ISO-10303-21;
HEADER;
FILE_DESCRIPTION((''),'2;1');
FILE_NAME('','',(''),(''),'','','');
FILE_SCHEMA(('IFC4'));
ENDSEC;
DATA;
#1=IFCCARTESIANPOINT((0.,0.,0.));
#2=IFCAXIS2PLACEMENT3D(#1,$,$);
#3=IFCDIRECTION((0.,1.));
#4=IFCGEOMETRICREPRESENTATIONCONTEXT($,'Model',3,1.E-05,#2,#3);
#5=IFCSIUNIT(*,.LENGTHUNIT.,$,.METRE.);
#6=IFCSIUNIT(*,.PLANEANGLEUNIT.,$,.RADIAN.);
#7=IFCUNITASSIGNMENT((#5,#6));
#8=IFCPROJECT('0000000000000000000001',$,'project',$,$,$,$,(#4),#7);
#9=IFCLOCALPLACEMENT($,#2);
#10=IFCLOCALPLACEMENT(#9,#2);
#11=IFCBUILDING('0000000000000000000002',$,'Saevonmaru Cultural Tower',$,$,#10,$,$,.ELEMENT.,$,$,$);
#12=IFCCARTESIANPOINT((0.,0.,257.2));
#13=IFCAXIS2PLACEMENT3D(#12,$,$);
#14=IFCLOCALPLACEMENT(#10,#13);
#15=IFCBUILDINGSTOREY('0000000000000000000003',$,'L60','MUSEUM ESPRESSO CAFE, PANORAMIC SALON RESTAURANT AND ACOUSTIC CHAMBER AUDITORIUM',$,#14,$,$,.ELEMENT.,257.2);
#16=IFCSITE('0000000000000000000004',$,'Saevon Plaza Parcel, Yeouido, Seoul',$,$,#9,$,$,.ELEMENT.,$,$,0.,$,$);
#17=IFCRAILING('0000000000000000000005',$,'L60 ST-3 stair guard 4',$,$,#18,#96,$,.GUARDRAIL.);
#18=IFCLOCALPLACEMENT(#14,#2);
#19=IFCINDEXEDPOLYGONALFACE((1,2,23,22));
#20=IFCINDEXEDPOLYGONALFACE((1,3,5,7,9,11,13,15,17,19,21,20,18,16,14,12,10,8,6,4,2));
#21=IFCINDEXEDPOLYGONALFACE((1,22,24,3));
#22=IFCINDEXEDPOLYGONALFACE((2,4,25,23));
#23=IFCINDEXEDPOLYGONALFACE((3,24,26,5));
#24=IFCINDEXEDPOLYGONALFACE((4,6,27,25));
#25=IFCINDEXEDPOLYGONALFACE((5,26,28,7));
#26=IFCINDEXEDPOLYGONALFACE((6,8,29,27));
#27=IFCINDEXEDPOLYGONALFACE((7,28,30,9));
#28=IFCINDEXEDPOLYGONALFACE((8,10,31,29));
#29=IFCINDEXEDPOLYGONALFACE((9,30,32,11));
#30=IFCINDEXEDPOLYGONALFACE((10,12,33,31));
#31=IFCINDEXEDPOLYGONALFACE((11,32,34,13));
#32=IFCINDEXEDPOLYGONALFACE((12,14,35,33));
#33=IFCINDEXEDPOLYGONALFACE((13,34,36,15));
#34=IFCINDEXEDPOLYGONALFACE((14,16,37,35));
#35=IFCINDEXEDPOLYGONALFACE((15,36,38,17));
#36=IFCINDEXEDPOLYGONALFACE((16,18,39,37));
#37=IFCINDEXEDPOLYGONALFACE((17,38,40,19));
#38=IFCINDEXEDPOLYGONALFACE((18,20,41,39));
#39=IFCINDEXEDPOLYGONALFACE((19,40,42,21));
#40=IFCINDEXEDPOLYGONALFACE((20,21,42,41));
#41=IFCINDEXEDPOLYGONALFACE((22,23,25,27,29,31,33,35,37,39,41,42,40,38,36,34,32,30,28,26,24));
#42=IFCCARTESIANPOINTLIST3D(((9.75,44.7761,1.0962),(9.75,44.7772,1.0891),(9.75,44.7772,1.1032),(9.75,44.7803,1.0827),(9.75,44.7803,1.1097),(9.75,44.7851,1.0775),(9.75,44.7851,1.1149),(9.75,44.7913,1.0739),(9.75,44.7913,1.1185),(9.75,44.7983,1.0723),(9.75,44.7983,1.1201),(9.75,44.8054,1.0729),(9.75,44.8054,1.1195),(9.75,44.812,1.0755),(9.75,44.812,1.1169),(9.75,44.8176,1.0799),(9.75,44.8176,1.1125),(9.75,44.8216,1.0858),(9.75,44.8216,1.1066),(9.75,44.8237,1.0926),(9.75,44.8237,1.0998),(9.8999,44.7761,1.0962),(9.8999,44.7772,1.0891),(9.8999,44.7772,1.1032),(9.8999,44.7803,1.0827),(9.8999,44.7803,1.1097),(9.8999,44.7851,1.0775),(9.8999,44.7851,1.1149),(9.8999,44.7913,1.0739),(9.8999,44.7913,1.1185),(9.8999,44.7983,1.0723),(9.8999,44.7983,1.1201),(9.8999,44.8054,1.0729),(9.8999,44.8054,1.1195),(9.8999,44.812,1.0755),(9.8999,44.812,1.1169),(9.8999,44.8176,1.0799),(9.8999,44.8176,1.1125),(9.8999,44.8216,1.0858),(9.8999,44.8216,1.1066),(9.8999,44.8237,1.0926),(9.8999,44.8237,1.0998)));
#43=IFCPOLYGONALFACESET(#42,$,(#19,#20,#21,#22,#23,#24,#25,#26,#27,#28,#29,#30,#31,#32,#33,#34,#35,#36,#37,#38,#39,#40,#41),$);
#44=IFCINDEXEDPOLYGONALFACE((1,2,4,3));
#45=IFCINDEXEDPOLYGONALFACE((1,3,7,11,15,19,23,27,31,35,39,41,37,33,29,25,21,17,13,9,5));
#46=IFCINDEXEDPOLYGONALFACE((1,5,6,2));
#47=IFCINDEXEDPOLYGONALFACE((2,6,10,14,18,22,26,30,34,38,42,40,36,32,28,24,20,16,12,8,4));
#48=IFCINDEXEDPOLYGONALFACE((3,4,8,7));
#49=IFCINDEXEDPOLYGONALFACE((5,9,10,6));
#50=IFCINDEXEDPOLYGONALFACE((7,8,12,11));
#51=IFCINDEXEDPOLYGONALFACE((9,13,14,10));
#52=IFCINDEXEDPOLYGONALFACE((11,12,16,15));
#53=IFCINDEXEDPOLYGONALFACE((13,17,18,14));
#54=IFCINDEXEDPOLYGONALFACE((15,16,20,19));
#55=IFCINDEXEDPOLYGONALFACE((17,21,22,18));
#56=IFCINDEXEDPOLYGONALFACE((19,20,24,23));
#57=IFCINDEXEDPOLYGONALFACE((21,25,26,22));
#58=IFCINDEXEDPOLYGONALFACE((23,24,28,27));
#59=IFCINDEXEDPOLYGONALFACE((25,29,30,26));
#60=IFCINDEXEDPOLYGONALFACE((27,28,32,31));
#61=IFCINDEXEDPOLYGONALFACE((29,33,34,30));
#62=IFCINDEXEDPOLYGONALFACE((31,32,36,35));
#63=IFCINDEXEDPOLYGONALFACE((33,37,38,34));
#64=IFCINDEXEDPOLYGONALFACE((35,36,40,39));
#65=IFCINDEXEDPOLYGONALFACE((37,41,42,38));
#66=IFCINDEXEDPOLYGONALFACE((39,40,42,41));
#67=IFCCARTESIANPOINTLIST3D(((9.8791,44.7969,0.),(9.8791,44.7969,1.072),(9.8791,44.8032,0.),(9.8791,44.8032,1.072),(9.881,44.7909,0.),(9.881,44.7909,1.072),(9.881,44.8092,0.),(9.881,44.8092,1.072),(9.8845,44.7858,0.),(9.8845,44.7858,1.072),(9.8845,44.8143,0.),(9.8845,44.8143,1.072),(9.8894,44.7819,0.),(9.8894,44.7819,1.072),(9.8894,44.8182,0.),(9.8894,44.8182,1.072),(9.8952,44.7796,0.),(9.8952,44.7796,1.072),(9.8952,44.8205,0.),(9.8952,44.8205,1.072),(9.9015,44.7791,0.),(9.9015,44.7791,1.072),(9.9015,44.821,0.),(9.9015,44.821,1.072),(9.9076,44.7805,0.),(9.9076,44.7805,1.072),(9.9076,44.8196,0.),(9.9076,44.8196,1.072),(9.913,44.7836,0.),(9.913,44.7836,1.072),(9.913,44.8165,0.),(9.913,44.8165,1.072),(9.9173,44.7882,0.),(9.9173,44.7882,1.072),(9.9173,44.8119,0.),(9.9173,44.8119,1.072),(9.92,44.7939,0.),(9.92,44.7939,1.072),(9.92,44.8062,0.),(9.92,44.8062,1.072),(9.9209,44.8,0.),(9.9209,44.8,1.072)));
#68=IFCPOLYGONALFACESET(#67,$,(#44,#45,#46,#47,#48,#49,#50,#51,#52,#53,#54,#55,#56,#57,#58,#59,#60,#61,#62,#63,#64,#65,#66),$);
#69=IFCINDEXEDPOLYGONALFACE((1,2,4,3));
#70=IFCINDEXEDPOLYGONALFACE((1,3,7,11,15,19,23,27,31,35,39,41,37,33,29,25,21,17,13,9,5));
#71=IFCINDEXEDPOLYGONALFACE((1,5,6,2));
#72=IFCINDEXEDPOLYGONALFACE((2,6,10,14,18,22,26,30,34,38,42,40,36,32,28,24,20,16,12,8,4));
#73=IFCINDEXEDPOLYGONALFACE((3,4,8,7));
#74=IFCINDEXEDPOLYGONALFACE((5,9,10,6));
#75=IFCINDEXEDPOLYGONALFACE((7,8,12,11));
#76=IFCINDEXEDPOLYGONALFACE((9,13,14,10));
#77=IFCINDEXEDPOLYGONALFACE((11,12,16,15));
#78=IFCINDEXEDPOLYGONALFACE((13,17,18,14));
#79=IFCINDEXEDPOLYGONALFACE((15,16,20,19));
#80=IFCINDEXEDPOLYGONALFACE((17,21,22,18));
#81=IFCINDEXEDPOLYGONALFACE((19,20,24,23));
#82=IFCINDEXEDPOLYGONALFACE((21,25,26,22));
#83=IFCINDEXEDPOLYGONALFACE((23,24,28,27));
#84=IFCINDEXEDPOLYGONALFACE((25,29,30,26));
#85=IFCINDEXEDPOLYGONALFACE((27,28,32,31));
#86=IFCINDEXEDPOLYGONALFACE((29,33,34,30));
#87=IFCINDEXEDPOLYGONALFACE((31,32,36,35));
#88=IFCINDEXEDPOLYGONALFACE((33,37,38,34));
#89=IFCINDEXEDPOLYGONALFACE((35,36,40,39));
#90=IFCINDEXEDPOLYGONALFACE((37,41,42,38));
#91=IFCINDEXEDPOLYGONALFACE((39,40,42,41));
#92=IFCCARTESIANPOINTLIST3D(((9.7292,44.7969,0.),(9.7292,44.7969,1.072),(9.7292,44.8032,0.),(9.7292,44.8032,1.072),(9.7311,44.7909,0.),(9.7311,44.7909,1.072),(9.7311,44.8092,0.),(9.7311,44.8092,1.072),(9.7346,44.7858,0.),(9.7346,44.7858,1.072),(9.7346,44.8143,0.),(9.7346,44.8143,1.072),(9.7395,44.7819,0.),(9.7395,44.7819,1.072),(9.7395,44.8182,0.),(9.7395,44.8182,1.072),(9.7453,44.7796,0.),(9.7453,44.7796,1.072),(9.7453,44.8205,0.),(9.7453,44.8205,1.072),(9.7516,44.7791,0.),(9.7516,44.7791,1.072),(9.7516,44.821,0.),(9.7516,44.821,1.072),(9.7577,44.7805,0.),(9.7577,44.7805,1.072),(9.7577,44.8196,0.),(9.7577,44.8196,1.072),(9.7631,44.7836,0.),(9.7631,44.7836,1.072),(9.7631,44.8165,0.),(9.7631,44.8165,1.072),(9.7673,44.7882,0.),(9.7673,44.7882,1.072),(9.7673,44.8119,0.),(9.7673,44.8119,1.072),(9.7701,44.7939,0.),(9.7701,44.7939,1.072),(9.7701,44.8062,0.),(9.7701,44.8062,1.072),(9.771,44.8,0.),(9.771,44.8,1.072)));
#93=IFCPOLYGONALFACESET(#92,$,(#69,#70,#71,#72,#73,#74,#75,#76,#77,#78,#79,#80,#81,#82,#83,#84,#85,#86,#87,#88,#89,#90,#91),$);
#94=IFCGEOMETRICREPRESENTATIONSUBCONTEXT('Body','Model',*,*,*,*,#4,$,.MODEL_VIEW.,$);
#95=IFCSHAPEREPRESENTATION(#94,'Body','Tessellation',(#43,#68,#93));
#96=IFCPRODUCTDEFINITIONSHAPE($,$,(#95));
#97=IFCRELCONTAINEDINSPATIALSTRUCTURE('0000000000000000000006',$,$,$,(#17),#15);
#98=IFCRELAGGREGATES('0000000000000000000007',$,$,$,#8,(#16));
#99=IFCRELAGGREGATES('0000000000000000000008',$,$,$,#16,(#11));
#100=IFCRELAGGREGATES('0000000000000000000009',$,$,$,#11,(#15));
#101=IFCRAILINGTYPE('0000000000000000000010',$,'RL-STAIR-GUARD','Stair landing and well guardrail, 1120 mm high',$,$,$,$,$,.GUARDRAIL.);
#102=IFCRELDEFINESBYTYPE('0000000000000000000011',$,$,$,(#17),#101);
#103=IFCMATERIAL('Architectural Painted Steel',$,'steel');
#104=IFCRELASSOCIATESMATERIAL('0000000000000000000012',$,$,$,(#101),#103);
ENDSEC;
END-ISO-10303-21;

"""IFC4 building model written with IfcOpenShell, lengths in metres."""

from ifc_helpers import new_model, si_unit, direction, frame, origin, origin_2d, place, context, subcontext, project, spatial, circle, extrude, material, type_object, element, save


model = new_model("IFC4")

# Units and contexts
model_context = context("Model", 3, precision=1e-05, world=origin(), true_north=direction((0.0, 1.0)))
body_context = subcontext(model_context, "Body", "Model", "MODEL_VIEW")
ifc_project = project(units=[si_unit("LENGTHUNIT", "METRE"), si_unit("PLANEANGLEUNIT", "RADIAN")], contexts=[model_context])

# Site, building, storey
site_placement = place(None, origin())
site = spatial("IfcSite", under=ifc_project, at=site_placement, Name="Saevon Plaza Parcel, Yeouido, Seoul", CompositionType="ELEMENT", RefElevation=0.0)
building_placement = place(site_placement, origin())
building = spatial("IfcBuilding", under=site, at=building_placement, Name="Saevonmaru Cultural Tower", CompositionType="ELEMENT")
storey_placement = place(building_placement, frame((0.0, 0.0, 257.2)))
storey = spatial("IfcBuildingStorey", under=building, at=storey_placement, Name="L60", Description="MUSEUM ESPRESSO CAFE, PANORAMIC SALON RESTAURANT AND ACOUSTIC CHAMBER AUDITORIUM", CompositionType="ELEMENT", Elevation=257.2)

# Railing
ifc_material_1 = material(Name="Architectural Painted Steel", Category="steel")
railing_type_1 = type_object("IfcRailingType", Name="RL-STAIR-GUARD", Description="Stair landing and well guardrail, 1120 mm high", PredefinedType="GUARDRAIL", material=ifc_material_1)
railing_1_placement = place(storey_placement, frame((9.8999, 44.8, 0.0)))
element("IfcRailing", 1, at=railing_1_placement, inside=storey, type_object=railing_type_1, Name="L60 ST-3 stair guard 4", PredefinedType="GUARDRAIL", context=body_context, shape_type="SweptSolid", body=[
    extrude(circle(Radius=0.0239, at=origin_2d()), frame((0.0, 0.0, 1.0962), z_axis=(-1.0, 0.0, 0.0), x_axis=(0.0, -1.0, 0.0)), (0.0, 0.0, 1.0), 0.1499),
    extrude(circle(Radius=0.021, at=origin_2d()), origin(), (0.0, 0.0, 1.0), 1.072),
    extrude(circle(Radius=0.021, at=origin_2d()), frame((-0.1499, 0.0, 0.0)), (0.0, 0.0, 1.0), 1.072),
])

save(model, "model.ifc")
